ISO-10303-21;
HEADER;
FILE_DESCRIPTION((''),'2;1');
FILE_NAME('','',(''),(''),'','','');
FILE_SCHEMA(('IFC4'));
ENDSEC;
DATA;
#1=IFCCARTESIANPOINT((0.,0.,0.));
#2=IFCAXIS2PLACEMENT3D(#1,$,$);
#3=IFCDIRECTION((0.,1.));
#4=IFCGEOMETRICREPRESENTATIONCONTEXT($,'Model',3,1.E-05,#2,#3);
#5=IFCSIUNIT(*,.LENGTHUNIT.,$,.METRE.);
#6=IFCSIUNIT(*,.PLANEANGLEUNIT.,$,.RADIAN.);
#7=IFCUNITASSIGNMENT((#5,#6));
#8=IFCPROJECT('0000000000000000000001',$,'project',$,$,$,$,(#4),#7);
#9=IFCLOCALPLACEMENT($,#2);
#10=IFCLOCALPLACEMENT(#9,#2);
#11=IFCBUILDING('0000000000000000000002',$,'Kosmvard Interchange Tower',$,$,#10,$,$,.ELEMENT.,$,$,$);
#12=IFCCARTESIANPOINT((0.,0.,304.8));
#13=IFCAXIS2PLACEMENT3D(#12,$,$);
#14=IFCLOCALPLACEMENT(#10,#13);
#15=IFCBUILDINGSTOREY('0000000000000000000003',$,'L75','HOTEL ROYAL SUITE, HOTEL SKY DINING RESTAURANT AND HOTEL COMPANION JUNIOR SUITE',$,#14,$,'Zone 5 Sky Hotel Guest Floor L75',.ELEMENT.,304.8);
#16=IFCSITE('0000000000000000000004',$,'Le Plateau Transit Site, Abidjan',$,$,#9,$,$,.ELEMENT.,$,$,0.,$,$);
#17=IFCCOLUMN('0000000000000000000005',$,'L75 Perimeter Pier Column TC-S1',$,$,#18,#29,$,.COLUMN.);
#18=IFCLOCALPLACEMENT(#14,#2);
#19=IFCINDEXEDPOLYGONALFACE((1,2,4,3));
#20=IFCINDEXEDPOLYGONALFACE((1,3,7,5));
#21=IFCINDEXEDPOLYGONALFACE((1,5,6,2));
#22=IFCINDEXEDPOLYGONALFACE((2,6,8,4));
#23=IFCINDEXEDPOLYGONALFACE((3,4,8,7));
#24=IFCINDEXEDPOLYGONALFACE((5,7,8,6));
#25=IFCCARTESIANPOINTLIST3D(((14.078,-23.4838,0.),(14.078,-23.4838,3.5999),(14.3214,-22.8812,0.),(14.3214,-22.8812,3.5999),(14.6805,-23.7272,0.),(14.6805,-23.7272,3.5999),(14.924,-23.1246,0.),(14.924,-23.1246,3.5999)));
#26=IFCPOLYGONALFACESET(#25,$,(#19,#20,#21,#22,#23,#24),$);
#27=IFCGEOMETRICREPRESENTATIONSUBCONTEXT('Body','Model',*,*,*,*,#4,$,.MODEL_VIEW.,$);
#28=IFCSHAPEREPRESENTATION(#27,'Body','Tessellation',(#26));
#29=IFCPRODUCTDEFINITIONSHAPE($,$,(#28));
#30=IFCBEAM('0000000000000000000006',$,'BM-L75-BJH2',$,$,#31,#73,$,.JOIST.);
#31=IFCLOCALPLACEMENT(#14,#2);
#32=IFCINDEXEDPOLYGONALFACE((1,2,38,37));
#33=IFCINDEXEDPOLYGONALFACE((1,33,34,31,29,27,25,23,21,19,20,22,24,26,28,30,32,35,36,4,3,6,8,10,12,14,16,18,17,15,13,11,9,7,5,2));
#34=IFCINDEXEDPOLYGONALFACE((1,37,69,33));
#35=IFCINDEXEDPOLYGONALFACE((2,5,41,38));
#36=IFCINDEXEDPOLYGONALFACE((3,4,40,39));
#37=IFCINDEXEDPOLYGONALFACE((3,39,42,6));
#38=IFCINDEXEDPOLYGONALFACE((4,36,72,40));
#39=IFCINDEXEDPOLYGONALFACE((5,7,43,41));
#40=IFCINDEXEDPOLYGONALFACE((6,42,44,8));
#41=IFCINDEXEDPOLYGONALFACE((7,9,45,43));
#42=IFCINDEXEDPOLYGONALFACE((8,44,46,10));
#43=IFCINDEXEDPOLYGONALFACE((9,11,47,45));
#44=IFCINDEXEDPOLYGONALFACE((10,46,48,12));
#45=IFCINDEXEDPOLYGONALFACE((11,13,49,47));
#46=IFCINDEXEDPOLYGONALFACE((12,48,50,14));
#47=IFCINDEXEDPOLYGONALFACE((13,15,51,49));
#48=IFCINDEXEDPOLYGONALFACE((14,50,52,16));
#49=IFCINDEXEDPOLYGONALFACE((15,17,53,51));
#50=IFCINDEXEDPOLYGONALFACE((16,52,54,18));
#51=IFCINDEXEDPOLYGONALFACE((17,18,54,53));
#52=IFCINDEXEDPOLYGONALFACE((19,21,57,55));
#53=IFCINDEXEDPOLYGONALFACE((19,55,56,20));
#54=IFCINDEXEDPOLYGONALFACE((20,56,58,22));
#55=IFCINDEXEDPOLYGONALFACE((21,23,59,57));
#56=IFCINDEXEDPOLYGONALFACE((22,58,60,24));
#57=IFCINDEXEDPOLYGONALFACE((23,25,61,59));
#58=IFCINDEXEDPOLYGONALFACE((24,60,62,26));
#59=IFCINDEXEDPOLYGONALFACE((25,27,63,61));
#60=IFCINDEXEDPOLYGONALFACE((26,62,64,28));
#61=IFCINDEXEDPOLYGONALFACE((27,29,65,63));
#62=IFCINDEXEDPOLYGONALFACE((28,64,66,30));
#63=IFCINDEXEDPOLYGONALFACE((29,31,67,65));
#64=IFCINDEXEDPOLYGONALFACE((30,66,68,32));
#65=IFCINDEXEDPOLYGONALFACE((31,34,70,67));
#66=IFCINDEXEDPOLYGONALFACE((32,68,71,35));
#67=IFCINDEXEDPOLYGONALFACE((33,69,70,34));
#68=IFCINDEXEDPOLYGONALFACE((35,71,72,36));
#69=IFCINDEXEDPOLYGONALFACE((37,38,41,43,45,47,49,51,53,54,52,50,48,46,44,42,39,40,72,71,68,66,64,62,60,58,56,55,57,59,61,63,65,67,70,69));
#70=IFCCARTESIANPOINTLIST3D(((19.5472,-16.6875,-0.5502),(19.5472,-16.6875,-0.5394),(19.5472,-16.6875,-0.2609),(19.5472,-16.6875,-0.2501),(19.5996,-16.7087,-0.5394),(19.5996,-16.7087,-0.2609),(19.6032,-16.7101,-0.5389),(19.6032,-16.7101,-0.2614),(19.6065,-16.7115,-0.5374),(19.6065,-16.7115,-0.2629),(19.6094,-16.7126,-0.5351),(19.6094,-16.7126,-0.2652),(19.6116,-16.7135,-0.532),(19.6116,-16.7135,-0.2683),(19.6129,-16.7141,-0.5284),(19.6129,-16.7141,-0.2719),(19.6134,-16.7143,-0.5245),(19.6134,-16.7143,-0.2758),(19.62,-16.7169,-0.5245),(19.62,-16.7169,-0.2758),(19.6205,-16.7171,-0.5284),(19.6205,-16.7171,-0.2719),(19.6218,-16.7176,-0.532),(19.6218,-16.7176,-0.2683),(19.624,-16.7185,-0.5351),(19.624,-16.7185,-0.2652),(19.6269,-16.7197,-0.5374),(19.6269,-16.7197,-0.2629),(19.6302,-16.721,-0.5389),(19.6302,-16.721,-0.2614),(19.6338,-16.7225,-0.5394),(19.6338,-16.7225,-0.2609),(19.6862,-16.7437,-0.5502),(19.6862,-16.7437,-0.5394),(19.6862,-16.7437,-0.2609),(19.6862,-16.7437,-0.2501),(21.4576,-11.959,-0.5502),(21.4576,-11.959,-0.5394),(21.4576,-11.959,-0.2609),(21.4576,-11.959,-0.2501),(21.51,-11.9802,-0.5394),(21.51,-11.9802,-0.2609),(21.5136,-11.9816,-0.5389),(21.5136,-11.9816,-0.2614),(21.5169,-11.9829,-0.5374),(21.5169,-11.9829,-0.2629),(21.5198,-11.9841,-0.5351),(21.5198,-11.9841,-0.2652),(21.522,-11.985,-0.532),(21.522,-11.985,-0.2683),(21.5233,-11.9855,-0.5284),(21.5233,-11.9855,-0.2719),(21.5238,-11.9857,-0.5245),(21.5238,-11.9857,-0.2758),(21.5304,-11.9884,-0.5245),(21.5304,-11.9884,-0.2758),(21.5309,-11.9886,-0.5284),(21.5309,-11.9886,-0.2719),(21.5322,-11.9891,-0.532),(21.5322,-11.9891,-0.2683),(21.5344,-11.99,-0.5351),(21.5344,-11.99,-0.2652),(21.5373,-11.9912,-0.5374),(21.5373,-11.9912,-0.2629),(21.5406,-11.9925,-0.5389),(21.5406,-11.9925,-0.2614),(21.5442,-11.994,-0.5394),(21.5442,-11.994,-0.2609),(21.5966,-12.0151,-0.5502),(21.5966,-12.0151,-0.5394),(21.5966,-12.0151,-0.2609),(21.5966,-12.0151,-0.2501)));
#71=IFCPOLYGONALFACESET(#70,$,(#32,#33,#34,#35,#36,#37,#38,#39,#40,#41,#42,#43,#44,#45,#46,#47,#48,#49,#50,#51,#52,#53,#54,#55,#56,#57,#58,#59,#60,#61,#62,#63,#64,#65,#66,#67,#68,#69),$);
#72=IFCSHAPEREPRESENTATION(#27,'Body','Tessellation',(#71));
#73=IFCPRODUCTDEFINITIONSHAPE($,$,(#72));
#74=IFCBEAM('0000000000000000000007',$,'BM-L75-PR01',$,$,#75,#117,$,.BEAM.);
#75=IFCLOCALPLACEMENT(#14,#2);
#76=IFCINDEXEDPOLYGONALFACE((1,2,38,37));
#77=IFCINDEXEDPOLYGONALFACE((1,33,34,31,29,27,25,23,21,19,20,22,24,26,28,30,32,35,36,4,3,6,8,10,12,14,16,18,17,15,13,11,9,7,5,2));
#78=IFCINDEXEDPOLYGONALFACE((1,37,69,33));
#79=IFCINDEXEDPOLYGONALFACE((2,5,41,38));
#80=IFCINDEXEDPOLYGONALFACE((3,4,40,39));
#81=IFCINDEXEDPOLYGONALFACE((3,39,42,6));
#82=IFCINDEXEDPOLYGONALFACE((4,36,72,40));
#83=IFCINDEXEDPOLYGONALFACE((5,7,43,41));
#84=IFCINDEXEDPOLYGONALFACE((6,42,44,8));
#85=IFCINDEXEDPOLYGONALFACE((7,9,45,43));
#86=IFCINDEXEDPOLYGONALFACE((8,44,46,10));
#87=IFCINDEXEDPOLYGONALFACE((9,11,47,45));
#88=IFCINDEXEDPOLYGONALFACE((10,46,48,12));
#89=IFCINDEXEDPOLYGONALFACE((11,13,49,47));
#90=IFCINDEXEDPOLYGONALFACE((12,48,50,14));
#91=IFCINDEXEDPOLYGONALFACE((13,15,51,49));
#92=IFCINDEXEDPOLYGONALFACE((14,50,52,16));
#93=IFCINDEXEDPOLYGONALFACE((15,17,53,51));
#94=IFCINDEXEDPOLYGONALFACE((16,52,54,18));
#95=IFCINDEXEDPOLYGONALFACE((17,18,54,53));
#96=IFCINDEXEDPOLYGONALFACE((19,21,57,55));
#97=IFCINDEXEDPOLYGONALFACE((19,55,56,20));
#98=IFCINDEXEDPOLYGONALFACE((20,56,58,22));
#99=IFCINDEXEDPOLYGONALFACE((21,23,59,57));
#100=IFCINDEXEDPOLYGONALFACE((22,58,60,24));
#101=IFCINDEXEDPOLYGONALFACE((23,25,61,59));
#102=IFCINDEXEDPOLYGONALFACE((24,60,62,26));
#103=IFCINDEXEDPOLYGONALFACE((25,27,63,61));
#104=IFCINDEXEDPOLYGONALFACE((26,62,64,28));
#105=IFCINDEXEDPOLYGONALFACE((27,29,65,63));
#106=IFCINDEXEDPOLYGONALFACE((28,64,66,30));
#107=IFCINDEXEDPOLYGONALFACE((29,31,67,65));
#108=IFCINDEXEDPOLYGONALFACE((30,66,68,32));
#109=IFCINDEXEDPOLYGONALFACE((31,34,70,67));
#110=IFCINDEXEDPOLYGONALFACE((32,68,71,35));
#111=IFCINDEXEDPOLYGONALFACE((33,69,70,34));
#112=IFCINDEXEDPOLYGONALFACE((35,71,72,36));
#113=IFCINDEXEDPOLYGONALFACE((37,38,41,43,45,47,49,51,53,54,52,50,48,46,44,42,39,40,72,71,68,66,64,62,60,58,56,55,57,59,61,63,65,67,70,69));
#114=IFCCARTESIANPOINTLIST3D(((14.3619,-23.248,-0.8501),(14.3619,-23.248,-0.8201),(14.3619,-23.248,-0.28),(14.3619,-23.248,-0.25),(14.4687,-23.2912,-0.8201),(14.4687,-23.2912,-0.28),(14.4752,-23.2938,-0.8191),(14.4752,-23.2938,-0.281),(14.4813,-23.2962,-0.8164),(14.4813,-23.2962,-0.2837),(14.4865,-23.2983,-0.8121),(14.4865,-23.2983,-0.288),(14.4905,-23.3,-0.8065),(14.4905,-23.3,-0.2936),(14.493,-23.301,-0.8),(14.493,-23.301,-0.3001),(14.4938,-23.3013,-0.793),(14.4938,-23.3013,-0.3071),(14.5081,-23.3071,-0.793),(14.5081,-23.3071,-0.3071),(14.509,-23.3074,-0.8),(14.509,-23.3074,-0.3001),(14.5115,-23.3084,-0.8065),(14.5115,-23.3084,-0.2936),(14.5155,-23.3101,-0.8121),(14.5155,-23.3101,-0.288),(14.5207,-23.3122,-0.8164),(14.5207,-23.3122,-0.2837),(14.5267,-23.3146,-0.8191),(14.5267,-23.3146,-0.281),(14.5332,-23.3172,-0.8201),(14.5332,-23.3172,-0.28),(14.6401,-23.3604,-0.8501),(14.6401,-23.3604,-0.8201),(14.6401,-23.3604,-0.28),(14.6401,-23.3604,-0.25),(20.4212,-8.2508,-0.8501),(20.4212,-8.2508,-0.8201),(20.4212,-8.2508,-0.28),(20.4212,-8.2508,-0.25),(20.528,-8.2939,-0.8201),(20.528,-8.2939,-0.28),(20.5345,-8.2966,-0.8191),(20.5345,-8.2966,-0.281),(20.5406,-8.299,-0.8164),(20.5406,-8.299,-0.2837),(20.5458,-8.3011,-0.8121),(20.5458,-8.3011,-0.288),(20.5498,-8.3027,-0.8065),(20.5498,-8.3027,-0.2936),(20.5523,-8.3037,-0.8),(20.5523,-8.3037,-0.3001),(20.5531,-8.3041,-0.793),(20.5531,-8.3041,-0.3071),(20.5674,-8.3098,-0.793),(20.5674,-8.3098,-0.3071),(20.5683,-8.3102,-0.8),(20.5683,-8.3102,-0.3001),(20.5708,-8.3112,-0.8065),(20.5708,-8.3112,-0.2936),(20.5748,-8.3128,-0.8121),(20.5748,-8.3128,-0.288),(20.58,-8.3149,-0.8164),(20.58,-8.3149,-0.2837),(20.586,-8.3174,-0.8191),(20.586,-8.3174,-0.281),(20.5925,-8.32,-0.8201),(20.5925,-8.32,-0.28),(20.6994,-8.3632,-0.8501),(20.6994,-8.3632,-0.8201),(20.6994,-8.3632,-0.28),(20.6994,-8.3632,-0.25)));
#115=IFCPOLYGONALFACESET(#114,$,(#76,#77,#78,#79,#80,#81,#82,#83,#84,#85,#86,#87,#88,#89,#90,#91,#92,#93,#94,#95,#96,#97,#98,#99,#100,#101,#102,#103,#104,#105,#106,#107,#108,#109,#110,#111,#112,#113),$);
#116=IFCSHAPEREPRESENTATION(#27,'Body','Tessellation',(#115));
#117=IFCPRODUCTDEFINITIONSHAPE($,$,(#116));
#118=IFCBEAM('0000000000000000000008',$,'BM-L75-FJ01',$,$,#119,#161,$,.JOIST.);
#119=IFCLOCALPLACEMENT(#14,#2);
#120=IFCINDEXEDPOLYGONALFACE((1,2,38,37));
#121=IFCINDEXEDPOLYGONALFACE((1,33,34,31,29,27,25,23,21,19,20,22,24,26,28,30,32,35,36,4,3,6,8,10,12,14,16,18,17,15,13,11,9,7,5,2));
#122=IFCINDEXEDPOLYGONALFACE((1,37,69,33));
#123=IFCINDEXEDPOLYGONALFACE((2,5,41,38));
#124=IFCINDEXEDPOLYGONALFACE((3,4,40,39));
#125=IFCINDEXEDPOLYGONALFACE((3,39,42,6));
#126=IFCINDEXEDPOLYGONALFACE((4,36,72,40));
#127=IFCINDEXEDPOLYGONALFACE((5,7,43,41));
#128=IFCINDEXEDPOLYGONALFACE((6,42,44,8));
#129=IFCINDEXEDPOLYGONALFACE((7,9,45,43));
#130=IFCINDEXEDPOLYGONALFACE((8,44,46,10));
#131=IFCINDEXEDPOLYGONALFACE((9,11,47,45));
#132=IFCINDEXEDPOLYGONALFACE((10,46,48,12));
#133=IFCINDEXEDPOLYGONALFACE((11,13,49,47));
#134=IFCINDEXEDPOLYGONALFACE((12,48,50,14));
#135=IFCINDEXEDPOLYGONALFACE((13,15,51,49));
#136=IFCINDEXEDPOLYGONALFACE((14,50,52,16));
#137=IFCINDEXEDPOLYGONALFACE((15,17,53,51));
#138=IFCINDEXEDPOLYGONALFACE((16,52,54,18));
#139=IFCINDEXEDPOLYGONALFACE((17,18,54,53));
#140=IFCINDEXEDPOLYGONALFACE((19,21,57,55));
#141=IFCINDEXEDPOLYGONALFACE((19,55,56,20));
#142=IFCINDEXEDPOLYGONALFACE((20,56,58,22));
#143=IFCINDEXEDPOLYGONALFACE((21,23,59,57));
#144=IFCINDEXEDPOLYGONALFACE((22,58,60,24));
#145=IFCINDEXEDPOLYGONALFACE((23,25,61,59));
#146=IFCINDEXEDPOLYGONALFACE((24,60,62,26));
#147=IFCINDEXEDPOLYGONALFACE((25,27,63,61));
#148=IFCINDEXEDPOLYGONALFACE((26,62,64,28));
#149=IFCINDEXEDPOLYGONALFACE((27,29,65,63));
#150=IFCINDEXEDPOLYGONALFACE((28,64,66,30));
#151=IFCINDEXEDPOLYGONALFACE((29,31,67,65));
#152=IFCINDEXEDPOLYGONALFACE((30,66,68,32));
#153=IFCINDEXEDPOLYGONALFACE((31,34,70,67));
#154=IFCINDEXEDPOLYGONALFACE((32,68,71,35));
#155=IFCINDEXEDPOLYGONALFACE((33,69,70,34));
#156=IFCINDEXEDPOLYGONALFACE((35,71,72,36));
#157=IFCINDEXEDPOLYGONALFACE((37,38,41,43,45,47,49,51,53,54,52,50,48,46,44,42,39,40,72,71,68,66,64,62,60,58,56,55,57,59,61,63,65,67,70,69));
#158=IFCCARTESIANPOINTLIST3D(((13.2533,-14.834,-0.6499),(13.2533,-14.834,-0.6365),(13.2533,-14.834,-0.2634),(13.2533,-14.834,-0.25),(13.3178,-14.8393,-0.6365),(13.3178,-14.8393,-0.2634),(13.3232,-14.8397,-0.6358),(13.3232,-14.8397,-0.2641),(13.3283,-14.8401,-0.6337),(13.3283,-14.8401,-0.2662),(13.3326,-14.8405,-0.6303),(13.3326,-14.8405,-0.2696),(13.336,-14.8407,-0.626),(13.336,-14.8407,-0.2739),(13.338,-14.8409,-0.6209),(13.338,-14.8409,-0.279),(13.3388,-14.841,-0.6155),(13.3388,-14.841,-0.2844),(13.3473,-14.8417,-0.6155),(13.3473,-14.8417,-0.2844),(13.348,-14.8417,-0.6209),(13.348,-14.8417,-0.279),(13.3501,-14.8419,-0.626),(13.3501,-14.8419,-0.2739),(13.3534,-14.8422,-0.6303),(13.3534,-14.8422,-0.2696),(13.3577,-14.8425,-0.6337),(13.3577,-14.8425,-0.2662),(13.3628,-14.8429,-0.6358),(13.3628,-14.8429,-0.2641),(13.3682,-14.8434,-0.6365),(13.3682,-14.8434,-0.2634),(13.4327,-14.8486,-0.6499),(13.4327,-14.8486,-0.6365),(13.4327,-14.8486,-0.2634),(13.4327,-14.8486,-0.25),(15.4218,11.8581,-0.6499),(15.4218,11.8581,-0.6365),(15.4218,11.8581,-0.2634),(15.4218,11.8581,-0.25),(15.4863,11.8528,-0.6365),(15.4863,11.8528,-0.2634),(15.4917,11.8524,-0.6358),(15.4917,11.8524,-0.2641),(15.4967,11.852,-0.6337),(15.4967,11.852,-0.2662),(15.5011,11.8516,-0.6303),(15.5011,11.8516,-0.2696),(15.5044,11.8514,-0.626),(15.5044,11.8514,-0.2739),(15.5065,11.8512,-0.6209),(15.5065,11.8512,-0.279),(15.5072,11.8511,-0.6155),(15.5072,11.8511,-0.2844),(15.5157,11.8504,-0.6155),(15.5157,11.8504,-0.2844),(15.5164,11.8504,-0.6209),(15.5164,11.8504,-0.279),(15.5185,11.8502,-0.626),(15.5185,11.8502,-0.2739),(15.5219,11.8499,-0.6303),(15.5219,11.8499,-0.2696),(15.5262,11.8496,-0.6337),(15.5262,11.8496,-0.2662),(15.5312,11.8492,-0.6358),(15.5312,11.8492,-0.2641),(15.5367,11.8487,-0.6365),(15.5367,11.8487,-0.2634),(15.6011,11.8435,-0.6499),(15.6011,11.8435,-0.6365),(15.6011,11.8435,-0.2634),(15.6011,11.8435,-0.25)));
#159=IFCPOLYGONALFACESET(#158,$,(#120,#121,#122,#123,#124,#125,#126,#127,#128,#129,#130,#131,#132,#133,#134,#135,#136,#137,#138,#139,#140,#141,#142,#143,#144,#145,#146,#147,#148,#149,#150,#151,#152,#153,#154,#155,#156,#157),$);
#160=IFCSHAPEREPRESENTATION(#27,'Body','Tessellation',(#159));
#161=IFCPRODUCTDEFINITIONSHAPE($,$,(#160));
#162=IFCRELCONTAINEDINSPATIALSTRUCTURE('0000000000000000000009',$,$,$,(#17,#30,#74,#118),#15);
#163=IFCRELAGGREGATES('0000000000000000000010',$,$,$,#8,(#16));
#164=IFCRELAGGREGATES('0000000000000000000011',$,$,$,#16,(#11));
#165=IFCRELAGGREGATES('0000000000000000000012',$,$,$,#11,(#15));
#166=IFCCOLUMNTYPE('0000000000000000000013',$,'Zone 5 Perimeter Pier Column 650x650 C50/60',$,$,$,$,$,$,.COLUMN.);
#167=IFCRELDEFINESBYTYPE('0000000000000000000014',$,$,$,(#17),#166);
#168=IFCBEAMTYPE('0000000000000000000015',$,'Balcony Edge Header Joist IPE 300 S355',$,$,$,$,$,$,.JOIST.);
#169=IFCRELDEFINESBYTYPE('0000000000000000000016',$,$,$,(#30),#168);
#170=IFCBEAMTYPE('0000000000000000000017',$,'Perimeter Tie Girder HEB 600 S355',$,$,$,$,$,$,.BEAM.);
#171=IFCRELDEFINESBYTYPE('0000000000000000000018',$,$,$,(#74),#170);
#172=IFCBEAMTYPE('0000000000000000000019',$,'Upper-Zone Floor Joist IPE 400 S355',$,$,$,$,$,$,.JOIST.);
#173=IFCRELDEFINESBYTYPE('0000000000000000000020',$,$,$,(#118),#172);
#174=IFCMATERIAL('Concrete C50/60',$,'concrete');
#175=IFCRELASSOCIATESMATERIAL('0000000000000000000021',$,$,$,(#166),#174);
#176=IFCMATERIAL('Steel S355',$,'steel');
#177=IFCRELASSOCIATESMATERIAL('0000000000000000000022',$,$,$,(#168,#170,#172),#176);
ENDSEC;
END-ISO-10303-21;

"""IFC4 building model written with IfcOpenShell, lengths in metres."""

from ifc_helpers import new_model, si_unit, direction, frame, origin, origin_2d, place, context, subcontext, project, spatial, rectangle, i_section, extrude, source, transform, mapped, material, material_profile, profile_set, type_object, element, save


model = new_model("IFC4")

# Units and contexts
model_context = context("Model", 3, precision=1e-05, world=origin(), true_north=direction((0.0, 1.0)))
body_context = subcontext(model_context, "Body", "Model", "MODEL_VIEW")
ifc_project = project(units=[si_unit("LENGTHUNIT", "METRE"), si_unit("PLANEANGLEUNIT", "RADIAN")], contexts=[model_context])

# Site, building, storey
site_placement = place(None, origin())
site = spatial("IfcSite", under=ifc_project, at=site_placement, Name="Le Plateau Transit Site, Abidjan", CompositionType="ELEMENT", RefElevation=0.0)
building_placement = place(site_placement, origin())
building = spatial("IfcBuilding", under=site, at=building_placement, Name="Kosmvard Interchange Tower", CompositionType="ELEMENT")
storey_placement = place(building_placement, frame((0.0, 0.0, 304.8)))
storey = spatial("IfcBuildingStorey", under=building, at=storey_placement, Name="L75", Description="HOTEL ROYAL SUITE, HOTEL SKY DINING RESTAURANT AND HOTEL COMPANION JUNIOR SUITE", LongName="Zone 5 Sky Hotel Guest Floor L75", CompositionType="ELEMENT", Elevation=304.8)

# Column
ifc_material_1 = material(Name="Concrete C50/60", Category="concrete")
ifc_material_profile_1 = material_profile(ifc_material_1, rectangle(XDim=0.6499, YDim=0.6499, at=origin_2d()), Name="TC 650x650")
ifc_profile_set_1 = profile_set([ifc_material_profile_1], Name="Concrete C50/60")
column_type = type_object("IfcColumnType", Name="Zone 5 Perimeter Pier Column 650x650 C50/60", PredefinedType="COLUMN", material=ifc_profile_set_1)
shared_shape_1 = source(origin(), body_context, "Body", "SweptSolid", [
    extrude(rectangle(XDim=0.6499, YDim=0.6499, at=origin_2d()), origin(), (0.0, 0.0, 1.0), 3.5999),
])
column_placement = place(storey_placement, frame((14.501, -23.3042, 0.0), z_axis=(0.0, 0.0, 1.0), x_axis=(0.374607, 0.927184, 0.0)))
element("IfcColumn", 1, at=column_placement, inside=storey, type_object=column_type, Name="L75 Perimeter Pier Column TC-S1", PredefinedType="COLUMN", context=body_context, shape_type="MappedRepresentation", body=[
    mapped(shared_shape_1, transform((0.0, 0.0, 0.0), scale=1.0)),
])

# Beams
ifc_material_2 = material(Name="Steel S355", Category="steel")
ifc_material_profile_2 = material_profile(ifc_material_2, i_section(OverallWidth=0.1499, OverallDepth=0.3, WebThickness=0.0071, FlangeThickness=0.0107, FilletRadius=0.0149, at=origin_2d()), Name="IPE 300")
ifc_profile_set_2 = profile_set([ifc_material_profile_2], Name="Steel S355")
beam_type_1 = type_object("IfcBeamType", Name="Balcony Edge Header Joist IPE 300 S355", PredefinedType="JOIST", material=ifc_profile_set_2)
shared_shape_2 = source(origin(), body_context, "Body", "SweptSolid", [
    extrude(i_section(OverallWidth=0.1499, OverallDepth=0.3, WebThickness=0.0071, FlangeThickness=0.0107, FilletRadius=0.0149, at=origin_2d()), origin(), (0.0, 0.0, 1.0), 5.0999),
])
beam_1_placement = place(storey_placement, frame((19.6167, -16.7156, -0.4001), z_axis=(0.374599, 0.927187, 0.0), x_axis=(-0.927187, 0.374599, 0.0)))
element("IfcBeam", 2, at=beam_1_placement, inside=storey, type_object=beam_type_1, Name="BM-L75-BJH2", PredefinedType="JOIST", context=body_context, shape_type="MappedRepresentation", body=[
    mapped(shared_shape_2, transform((0.0, 0.0, 0.0), scale=1.0)),
])
ifc_material_profile_3 = material_profile(ifc_material_2, i_section(OverallWidth=0.3, OverallDepth=0.6001, WebThickness=0.0154, FlangeThickness=0.03, FilletRadius=0.0271, at=origin_2d()), Name="HEB 600")
ifc_profile_set_3 = profile_set([ifc_material_profile_3], Name="Steel S355")
beam_type_2 = type_object("IfcBeamType", Name="Perimeter Tie Girder HEB 600 S355", PredefinedType="BEAM", material=ifc_profile_set_3)
shared_shape_3 = source(origin(), body_context, "Body", "SweptSolid", [
    extrude(i_section(OverallWidth=0.3, OverallDepth=0.6001, WebThickness=0.0154, FlangeThickness=0.03, FilletRadius=0.0271, at=origin_2d()), origin(), (0.0, 0.0, 1.0), 16.175),
])
beam_2_placement = place(storey_placement, frame((14.501, -23.3042, -0.55), z_axis=(0.374608, 0.927183, 0.0), x_axis=(-0.927183, 0.374608, 0.0)))
element("IfcBeam", 3, at=beam_2_placement, inside=storey, type_object=beam_type_2, Name="BM-L75-PR01", PredefinedType="BEAM", context=body_context, shape_type="MappedRepresentation", body=[
    mapped(shared_shape_3, transform((0.0, 0.0, 0.0), scale=1.0)),
])
ifc_material_profile_4 = material_profile(ifc_material_2, i_section(OverallWidth=0.1799, OverallDepth=0.3999, WebThickness=0.0085, FlangeThickness=0.0134, FilletRadius=0.021, at=origin_2d()), Name="IPE 400")
ifc_profile_set_4 = profile_set([ifc_material_profile_4], Name="Steel S355")
beam_type_3 = type_object("IfcBeamType", Name="Upper-Zone Floor Joist IPE 400 S355", PredefinedType="JOIST", material=ifc_profile_set_4)
shared_shape_4 = source(origin(), body_context, "Body", "SweptSolid", [
    extrude(i_section(OverallWidth=0.1799, OverallDepth=0.3999, WebThickness=0.0085, FlangeThickness=0.0134, FilletRadius=0.021, at=origin_2d()), origin(), (0.0, 0.0, 1.0), 26.78),
])
beam_3_placement = place(storey_placement, frame((13.343, -14.8413, -0.45), z_axis=(0.080973, 0.996716, 0.0), x_axis=(-0.996716, 0.080973, 0.0)))
element("IfcBeam", 4, at=beam_3_placement, inside=storey, type_object=beam_type_3, Name="BM-L75-FJ01", PredefinedType="JOIST", context=body_context, shape_type="MappedRepresentation", body=[
    mapped(shared_shape_4, transform((0.0, 0.0, 0.0), scale=1.0)),
])

save(model, "model.ifc")
